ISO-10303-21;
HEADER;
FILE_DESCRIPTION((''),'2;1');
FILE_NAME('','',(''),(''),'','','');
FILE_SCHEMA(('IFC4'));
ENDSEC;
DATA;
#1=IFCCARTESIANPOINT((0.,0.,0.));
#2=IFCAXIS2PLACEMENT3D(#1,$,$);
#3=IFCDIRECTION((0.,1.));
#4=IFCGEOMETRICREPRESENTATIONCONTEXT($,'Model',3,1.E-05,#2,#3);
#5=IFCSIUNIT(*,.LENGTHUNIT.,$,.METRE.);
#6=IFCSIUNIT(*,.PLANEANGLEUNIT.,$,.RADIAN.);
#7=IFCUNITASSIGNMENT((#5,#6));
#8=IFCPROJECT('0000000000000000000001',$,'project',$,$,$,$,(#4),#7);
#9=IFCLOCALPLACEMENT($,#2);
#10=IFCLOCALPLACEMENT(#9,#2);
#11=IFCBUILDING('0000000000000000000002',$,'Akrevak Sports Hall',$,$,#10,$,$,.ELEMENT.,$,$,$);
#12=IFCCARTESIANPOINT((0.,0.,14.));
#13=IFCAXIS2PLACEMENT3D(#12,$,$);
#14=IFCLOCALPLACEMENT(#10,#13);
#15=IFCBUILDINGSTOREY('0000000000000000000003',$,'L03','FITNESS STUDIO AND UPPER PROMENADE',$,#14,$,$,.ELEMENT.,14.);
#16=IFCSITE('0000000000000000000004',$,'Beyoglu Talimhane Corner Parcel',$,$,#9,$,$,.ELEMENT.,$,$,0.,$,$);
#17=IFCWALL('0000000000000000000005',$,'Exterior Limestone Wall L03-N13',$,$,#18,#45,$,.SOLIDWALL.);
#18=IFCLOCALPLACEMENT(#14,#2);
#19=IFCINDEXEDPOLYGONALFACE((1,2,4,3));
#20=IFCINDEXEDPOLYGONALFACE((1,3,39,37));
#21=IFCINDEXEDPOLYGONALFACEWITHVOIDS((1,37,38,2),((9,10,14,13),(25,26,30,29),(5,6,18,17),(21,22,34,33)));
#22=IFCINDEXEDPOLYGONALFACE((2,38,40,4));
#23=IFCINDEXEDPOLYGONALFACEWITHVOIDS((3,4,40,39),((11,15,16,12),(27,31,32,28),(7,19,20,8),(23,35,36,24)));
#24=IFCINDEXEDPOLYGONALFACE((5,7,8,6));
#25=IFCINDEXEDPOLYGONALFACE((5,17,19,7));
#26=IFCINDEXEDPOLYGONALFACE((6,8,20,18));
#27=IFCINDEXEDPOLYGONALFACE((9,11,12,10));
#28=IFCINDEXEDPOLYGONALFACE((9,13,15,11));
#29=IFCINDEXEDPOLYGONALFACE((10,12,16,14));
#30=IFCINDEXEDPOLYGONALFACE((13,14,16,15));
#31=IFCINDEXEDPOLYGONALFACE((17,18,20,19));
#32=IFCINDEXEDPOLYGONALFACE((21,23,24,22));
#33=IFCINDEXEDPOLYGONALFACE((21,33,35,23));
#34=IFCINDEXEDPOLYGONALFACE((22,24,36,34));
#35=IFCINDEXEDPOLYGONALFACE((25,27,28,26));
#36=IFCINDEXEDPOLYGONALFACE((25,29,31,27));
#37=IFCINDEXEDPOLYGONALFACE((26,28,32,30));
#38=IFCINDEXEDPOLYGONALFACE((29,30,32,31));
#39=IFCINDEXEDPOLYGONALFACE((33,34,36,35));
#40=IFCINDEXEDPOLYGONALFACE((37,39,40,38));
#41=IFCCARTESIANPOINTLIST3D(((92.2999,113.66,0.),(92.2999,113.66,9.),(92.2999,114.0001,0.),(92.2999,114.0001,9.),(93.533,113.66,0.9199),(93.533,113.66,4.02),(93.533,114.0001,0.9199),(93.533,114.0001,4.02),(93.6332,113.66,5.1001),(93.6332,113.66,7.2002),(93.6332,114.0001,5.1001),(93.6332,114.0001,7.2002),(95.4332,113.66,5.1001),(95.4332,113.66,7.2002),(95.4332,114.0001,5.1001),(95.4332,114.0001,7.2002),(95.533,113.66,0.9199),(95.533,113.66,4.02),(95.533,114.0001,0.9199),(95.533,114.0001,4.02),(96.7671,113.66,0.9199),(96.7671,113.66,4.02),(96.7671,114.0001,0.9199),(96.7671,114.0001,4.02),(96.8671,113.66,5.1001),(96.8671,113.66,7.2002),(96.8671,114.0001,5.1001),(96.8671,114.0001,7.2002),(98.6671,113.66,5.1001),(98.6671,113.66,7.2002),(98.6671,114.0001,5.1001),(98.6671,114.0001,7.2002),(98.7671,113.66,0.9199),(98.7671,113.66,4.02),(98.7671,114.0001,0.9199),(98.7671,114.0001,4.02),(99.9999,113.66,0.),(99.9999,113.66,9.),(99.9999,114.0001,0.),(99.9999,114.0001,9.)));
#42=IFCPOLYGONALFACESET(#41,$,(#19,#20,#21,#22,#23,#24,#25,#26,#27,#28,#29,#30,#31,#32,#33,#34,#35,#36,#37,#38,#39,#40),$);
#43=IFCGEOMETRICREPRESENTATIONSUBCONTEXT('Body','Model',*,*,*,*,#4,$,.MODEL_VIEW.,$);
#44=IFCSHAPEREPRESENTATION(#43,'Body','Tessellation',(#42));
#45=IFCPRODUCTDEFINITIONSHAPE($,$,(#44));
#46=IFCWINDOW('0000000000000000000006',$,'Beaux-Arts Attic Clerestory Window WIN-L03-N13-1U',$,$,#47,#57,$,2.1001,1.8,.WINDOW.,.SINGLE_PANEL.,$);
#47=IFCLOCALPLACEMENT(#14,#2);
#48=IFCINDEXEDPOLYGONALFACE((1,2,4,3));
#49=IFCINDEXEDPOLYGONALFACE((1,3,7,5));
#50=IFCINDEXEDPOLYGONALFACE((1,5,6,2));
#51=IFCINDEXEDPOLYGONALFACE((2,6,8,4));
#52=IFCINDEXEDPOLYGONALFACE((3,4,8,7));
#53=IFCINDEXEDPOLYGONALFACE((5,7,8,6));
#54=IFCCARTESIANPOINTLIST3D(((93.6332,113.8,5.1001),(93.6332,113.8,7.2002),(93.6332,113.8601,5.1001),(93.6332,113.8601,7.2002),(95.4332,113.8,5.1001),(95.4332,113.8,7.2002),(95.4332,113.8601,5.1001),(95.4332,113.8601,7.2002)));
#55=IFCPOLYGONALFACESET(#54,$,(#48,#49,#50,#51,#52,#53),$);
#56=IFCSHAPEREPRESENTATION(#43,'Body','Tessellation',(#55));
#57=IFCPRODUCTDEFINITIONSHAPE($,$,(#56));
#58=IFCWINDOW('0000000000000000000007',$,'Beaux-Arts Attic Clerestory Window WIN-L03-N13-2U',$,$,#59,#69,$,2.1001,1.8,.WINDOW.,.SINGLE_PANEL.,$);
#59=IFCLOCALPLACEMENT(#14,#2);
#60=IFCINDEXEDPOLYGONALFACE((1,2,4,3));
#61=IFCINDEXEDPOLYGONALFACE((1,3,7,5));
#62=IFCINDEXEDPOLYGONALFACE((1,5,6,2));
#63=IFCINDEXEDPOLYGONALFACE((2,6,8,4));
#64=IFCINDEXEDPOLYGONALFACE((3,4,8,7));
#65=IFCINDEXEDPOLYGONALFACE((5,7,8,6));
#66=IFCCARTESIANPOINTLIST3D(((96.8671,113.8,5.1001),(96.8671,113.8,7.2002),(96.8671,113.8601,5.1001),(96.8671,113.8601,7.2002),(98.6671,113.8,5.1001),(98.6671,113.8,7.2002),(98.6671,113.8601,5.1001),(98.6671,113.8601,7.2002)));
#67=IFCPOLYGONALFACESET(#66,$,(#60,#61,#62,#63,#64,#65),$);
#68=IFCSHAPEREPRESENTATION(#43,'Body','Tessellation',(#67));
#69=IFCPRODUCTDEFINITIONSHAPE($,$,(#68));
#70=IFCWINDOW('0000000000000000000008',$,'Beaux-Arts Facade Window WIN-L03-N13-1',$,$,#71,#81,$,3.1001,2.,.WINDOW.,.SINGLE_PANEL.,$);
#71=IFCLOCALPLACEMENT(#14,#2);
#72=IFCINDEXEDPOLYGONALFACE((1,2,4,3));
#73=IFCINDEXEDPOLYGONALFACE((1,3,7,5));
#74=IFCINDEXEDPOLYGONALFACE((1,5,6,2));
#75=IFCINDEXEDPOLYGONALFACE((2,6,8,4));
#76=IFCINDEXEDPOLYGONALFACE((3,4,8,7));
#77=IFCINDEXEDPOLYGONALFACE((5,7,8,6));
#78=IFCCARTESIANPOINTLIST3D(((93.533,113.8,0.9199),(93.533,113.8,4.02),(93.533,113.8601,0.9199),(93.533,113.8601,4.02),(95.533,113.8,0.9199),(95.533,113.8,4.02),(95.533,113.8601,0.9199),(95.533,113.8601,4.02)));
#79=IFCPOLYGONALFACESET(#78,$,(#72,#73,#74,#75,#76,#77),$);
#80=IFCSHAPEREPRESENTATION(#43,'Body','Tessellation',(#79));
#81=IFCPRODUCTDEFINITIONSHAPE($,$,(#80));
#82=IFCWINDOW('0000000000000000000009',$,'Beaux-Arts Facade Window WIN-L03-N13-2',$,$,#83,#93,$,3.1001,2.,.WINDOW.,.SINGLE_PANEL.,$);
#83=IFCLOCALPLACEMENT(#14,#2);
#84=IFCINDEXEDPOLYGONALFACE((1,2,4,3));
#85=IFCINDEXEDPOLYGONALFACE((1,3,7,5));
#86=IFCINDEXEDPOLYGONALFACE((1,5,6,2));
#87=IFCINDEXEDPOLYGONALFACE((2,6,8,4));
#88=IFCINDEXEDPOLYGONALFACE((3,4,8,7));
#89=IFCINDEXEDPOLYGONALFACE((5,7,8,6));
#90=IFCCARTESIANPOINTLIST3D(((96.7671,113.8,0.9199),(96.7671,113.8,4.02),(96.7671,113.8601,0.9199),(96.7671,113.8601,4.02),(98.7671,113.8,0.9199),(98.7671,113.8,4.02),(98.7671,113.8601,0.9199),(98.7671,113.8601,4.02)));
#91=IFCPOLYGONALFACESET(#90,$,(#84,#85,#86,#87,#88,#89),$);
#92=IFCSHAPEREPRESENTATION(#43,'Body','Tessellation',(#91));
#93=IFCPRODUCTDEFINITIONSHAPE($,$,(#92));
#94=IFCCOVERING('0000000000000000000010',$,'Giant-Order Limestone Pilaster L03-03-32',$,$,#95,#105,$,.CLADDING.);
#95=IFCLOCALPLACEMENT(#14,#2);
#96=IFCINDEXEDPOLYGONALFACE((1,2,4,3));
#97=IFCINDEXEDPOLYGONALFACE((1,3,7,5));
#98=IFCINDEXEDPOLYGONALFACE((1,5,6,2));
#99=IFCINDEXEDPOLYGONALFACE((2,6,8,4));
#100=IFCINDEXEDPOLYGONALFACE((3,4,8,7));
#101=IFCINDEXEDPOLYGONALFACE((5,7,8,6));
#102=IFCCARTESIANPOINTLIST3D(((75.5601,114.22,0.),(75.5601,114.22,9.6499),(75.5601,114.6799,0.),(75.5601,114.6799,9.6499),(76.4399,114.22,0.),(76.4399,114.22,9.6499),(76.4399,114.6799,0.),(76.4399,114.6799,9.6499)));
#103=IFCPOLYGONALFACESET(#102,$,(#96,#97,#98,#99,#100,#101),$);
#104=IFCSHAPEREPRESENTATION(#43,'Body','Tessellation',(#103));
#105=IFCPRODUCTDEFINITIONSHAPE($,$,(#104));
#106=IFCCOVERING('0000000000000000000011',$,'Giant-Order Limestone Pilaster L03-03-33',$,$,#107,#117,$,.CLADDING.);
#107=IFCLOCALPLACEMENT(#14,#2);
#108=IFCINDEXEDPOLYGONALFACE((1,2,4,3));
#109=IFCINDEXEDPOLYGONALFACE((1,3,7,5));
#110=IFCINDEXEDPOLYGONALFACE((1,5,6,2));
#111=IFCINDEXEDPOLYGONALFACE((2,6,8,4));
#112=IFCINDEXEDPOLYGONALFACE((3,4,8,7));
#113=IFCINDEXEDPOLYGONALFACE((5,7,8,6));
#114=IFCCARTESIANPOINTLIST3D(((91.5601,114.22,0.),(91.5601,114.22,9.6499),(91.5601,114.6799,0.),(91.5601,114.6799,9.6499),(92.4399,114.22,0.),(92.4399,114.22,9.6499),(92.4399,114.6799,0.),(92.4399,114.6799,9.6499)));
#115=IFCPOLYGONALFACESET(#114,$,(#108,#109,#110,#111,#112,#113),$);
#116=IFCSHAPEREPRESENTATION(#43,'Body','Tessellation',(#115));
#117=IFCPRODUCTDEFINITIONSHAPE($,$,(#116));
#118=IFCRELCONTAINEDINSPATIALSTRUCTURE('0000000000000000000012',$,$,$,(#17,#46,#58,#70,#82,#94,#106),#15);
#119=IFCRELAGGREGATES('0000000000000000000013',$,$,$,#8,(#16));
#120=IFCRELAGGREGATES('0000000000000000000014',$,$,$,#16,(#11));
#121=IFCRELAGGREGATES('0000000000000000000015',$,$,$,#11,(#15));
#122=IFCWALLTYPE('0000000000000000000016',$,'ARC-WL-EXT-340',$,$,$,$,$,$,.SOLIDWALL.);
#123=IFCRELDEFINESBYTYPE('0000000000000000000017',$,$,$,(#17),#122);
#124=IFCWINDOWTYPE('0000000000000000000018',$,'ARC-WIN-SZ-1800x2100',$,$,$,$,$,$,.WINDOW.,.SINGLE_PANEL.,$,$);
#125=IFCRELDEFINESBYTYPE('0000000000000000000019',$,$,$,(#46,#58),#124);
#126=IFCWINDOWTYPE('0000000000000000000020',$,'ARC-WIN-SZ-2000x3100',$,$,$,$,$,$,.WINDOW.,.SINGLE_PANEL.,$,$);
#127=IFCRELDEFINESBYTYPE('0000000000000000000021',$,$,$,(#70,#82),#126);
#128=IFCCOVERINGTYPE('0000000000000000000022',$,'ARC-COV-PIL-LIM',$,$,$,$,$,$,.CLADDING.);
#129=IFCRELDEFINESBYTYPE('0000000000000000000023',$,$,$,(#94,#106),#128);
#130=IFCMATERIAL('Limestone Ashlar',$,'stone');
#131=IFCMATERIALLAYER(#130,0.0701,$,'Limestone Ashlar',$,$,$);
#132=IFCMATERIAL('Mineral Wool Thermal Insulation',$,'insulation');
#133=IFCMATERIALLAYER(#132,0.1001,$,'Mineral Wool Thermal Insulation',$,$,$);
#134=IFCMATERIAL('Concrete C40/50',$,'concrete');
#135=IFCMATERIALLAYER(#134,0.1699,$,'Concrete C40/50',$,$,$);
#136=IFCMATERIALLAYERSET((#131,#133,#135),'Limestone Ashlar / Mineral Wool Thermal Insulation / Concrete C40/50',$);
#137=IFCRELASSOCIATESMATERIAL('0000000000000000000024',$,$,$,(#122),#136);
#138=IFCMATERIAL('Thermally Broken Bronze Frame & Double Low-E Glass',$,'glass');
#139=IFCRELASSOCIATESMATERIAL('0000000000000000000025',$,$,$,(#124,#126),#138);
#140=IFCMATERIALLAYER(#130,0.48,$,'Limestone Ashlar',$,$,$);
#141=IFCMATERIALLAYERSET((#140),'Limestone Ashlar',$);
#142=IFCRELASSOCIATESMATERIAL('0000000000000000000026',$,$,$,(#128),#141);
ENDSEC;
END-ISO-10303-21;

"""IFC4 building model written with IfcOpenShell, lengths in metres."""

from ifc_helpers import new_model, si_unit, direction, frame, frame_2d, origin, origin_2d, place, context, subcontext, project, spatial, rectangle, extrude, material, layer, layer_set, type_object, element, fill, save


model = new_model("IFC4")

# Units and contexts
model_context = context("Model", 3, precision=1e-05, world=origin(), true_north=direction((0.0, 1.0)))
body_context = subcontext(model_context, "Body", "Model", "MODEL_VIEW")
ifc_project = project(units=[si_unit("LENGTHUNIT", "METRE"), si_unit("PLANEANGLEUNIT", "RADIAN")], contexts=[model_context])

# Site, building, storey
site_placement = place(None, origin())
site = spatial("IfcSite", under=ifc_project, at=site_placement, Name="Beyoglu Talimhane Corner Parcel", CompositionType="ELEMENT", RefElevation=0.0)
building_placement = place(site_placement, origin())
building = spatial("IfcBuilding", under=site, at=building_placement, Name="Akrevak Sports Hall", CompositionType="ELEMENT")
storey_placement = place(building_placement, frame((0.0, 0.0, 14.0)))
storey = spatial("IfcBuildingStorey", under=building, at=storey_placement, Name="L03", Description="FITNESS STUDIO AND UPPER PROMENADE", CompositionType="ELEMENT", Elevation=14.0)

# Shared definitions
ifc_material_1 = material(Name="Concrete C40/50", Category="concrete")

# Wall, openings, windows
ifc_material_2 = material(Name="Limestone Ashlar", Category="stone")
ifc_layer_1 = layer(ifc_material_2, 0.0701, Name="Limestone Ashlar")
ifc_material_3 = material(Name="Mineral Wool Thermal Insulation", Category="insulation")
ifc_layer_2 = layer(ifc_material_3, 0.1001, Name="Mineral Wool Thermal Insulation")
ifc_layer_3 = layer(ifc_material_1, 0.1699, Name="Concrete C40/50")
ifc_layer_set_1 = layer_set([ifc_layer_1, ifc_layer_2, ifc_layer_3], Name="Limestone Ashlar / Mineral Wool Thermal Insulation / Concrete C40/50")
wall_type = type_object("IfcWallType", Name="ARC-WL-EXT-340", PredefinedType="SOLIDWALL", material=ifc_layer_set_1)
ifc_material_4 = material(Name="Thermally Broken Bronze Frame & Double Low-E Glass", Category="glass")
window_type_1 = type_object("IfcWindowType", Name="ARC-WIN-SZ-1800x2100", PartitioningType="SINGLE_PANEL", PredefinedType="WINDOW", material=ifc_material_4)
window_type_2 = type_object("IfcWindowType", Name="ARC-WIN-SZ-2000x3100", PartitioningType="SINGLE_PANEL", PredefinedType="WINDOW", material=ifc_material_4)
wall_1_placement = place(storey_placement, frame((100.0, 113.8301, 0.0), z_axis=(0.0, 0.0, 1.0), x_axis=(-1.0, 0.0, 0.0)))
wall_1 = element("IfcWall", 1, at=wall_1_placement, inside=storey, type_object=wall_type, Name="Exterior Limestone Wall L03-N13", PredefinedType="SOLIDWALL", context=body_context, shape_type="SweptSolid", body=[
    extrude(rectangle(XDim=7.7, YDim=0.3401, at=frame_2d((3.8501, 0.0))), origin(), (0.0, 0.0, 1.0), 9.0),
])
opening_1_placement = place(wall_1_placement, frame((4.467, 0.0, 0.9199)))
opening_1 = element("IfcOpeningElement", 2, at=opening_1_placement, cuts=wall_1, PredefinedType="OPENING", context=body_context, shape_type="SweptSolid", body=[
    extrude(rectangle(XDim=2.0, YDim=3.1001, at=frame_2d((1.0, 1.55))), frame((0.0, 0.1821, 0.0), z_axis=(0.0, -1.0, 0.0), x_axis=(1.0, 0.0, 0.0)), (0.0, 0.0, 1.0), 0.364),
])
opening_2_placement = place(wall_1_placement, frame((4.5669, 0.0, 5.1001)))
opening_2 = element("IfcOpeningElement", 3, at=opening_2_placement, cuts=wall_1, PredefinedType="OPENING", context=body_context, shape_type="SweptSolid", body=[
    extrude(rectangle(XDim=1.8, YDim=2.1001, at=frame_2d((0.8999, 1.05))), frame((0.0, 0.1821, 0.0), z_axis=(0.0, -1.0, 0.0), x_axis=(1.0, 0.0, 0.0)), (0.0, 0.0, 1.0), 0.364),
])
opening_3_placement = place(wall_1_placement, frame((1.2329, 0.0, 0.9199)))
opening_3 = element("IfcOpeningElement", 4, at=opening_3_placement, cuts=wall_1, PredefinedType="OPENING", context=body_context, shape_type="SweptSolid", body=[
    extrude(rectangle(XDim=2.0, YDim=3.1001, at=frame_2d((1.0, 1.55))), frame((0.0, 0.1821, 0.0), z_axis=(0.0, -1.0, 0.0), x_axis=(1.0, 0.0, 0.0)), (0.0, 0.0, 1.0), 0.364),
])
opening_4_placement = place(wall_1_placement, frame((1.333, 0.0, 5.1001)))
opening_4 = element("IfcOpeningElement", 5, at=opening_4_placement, cuts=wall_1, PredefinedType="OPENING", context=body_context, shape_type="SweptSolid", body=[
    extrude(rectangle(XDim=1.8, YDim=2.1001, at=frame_2d((0.8999, 1.05))), frame((0.0, 0.1821, 0.0), z_axis=(0.0, -1.0, 0.0), x_axis=(1.0, 0.0, 0.0)), (0.0, 0.0, 1.0), 0.364),
])
window_1_placement = place(opening_2_placement, origin())
window_1 = element("IfcWindow", 6, at=window_1_placement, inside=storey, type_object=window_type_1, Name="Beaux-Arts Attic Clerestory Window WIN-L03-N13-1U", OverallHeight=2.1001, OverallWidth=1.8, PartitioningType="SINGLE_PANEL", PredefinedType="WINDOW", context=body_context, shape_type="SweptSolid", body=[
    extrude(rectangle(XDim=1.8, YDim=2.1001, at=frame_2d((0.8999, 1.05))), frame((0.0, 0.03, 0.0), z_axis=(0.0, -1.0, 0.0), x_axis=(1.0, 0.0, 0.0)), (0.0, 0.0, 1.0), 0.0601),
])
fill(opening_2, window_1)
window_2_placement = place(opening_4_placement, origin())
window_2 = element("IfcWindow", 7, at=window_2_placement, inside=storey, type_object=window_type_1, Name="Beaux-Arts Attic Clerestory Window WIN-L03-N13-2U", OverallHeight=2.1001, OverallWidth=1.8, PartitioningType="SINGLE_PANEL", PredefinedType="WINDOW", context=body_context, shape_type="SweptSolid", body=[
    extrude(rectangle(XDim=1.8, YDim=2.1001, at=frame_2d((0.8999, 1.05))), frame((0.0, 0.03, 0.0), z_axis=(0.0, -1.0, 0.0), x_axis=(1.0, 0.0, 0.0)), (0.0, 0.0, 1.0), 0.0601),
])
fill(opening_4, window_2)
window_3_placement = place(opening_1_placement, origin())
window_3 = element("IfcWindow", 8, at=window_3_placement, inside=storey, type_object=window_type_2, Name="Beaux-Arts Facade Window WIN-L03-N13-1", OverallHeight=3.1001, OverallWidth=2.0, PartitioningType="SINGLE_PANEL", PredefinedType="WINDOW", context=body_context, shape_type="SweptSolid", body=[
    extrude(rectangle(XDim=2.0, YDim=3.1001, at=frame_2d((1.0, 1.55))), frame((0.0, 0.03, 0.0), z_axis=(0.0, -1.0, 0.0), x_axis=(1.0, 0.0, 0.0)), (0.0, 0.0, 1.0), 0.0601),
])
fill(opening_1, window_3)
window_4_placement = place(opening_3_placement, origin())
window_4 = element("IfcWindow", 9, at=window_4_placement, inside=storey, type_object=window_type_2, Name="Beaux-Arts Facade Window WIN-L03-N13-2", OverallHeight=3.1001, OverallWidth=2.0, PartitioningType="SINGLE_PANEL", PredefinedType="WINDOW", context=body_context, shape_type="SweptSolid", body=[
    extrude(rectangle(XDim=2.0, YDim=3.1001, at=frame_2d((1.0, 1.55))), frame((0.0, 0.03, 0.0), z_axis=(0.0, -1.0, 0.0), x_axis=(1.0, 0.0, 0.0)), (0.0, 0.0, 1.0), 0.0601),
])
fill(opening_3, window_4)

# Coverings
ifc_layer_4 = layer(ifc_material_2, 0.48, Name="Limestone Ashlar")
ifc_layer_set_2 = layer_set([ifc_layer_4], Name="Limestone Ashlar")
covering_type = type_object("IfcCoveringType", Name="ARC-COV-PIL-LIM", PredefinedType="CLADDING", material=ifc_layer_set_2)
for number, where, z_axis, x_axis, name in (
    (10, (76.0, 114.45, 0.0), (0.0, 0.0, 1.0), (-1.0, 0.0, 0.0), "Giant-Order Limestone Pilaster L03-03-32"),
    (11, (92.0, 114.45, 0.0), (0.0, 0.0, 1.0), (-1.0, 0.0, 0.0), "Giant-Order Limestone Pilaster L03-03-33"),
):
    element("IfcCovering", number, at=place(storey_placement, frame(where, z_axis=z_axis, x_axis=x_axis)), inside=storey, type_object=covering_type, Name=name, PredefinedType="CLADDING", context=body_context, shape_type="SweptSolid", body=[
        extrude(rectangle(XDim=0.8799, YDim=0.46, at=origin_2d()), origin(), (0.0, 0.0, 1.0), 9.6499),
    ])

save(model, "model.ifc")
